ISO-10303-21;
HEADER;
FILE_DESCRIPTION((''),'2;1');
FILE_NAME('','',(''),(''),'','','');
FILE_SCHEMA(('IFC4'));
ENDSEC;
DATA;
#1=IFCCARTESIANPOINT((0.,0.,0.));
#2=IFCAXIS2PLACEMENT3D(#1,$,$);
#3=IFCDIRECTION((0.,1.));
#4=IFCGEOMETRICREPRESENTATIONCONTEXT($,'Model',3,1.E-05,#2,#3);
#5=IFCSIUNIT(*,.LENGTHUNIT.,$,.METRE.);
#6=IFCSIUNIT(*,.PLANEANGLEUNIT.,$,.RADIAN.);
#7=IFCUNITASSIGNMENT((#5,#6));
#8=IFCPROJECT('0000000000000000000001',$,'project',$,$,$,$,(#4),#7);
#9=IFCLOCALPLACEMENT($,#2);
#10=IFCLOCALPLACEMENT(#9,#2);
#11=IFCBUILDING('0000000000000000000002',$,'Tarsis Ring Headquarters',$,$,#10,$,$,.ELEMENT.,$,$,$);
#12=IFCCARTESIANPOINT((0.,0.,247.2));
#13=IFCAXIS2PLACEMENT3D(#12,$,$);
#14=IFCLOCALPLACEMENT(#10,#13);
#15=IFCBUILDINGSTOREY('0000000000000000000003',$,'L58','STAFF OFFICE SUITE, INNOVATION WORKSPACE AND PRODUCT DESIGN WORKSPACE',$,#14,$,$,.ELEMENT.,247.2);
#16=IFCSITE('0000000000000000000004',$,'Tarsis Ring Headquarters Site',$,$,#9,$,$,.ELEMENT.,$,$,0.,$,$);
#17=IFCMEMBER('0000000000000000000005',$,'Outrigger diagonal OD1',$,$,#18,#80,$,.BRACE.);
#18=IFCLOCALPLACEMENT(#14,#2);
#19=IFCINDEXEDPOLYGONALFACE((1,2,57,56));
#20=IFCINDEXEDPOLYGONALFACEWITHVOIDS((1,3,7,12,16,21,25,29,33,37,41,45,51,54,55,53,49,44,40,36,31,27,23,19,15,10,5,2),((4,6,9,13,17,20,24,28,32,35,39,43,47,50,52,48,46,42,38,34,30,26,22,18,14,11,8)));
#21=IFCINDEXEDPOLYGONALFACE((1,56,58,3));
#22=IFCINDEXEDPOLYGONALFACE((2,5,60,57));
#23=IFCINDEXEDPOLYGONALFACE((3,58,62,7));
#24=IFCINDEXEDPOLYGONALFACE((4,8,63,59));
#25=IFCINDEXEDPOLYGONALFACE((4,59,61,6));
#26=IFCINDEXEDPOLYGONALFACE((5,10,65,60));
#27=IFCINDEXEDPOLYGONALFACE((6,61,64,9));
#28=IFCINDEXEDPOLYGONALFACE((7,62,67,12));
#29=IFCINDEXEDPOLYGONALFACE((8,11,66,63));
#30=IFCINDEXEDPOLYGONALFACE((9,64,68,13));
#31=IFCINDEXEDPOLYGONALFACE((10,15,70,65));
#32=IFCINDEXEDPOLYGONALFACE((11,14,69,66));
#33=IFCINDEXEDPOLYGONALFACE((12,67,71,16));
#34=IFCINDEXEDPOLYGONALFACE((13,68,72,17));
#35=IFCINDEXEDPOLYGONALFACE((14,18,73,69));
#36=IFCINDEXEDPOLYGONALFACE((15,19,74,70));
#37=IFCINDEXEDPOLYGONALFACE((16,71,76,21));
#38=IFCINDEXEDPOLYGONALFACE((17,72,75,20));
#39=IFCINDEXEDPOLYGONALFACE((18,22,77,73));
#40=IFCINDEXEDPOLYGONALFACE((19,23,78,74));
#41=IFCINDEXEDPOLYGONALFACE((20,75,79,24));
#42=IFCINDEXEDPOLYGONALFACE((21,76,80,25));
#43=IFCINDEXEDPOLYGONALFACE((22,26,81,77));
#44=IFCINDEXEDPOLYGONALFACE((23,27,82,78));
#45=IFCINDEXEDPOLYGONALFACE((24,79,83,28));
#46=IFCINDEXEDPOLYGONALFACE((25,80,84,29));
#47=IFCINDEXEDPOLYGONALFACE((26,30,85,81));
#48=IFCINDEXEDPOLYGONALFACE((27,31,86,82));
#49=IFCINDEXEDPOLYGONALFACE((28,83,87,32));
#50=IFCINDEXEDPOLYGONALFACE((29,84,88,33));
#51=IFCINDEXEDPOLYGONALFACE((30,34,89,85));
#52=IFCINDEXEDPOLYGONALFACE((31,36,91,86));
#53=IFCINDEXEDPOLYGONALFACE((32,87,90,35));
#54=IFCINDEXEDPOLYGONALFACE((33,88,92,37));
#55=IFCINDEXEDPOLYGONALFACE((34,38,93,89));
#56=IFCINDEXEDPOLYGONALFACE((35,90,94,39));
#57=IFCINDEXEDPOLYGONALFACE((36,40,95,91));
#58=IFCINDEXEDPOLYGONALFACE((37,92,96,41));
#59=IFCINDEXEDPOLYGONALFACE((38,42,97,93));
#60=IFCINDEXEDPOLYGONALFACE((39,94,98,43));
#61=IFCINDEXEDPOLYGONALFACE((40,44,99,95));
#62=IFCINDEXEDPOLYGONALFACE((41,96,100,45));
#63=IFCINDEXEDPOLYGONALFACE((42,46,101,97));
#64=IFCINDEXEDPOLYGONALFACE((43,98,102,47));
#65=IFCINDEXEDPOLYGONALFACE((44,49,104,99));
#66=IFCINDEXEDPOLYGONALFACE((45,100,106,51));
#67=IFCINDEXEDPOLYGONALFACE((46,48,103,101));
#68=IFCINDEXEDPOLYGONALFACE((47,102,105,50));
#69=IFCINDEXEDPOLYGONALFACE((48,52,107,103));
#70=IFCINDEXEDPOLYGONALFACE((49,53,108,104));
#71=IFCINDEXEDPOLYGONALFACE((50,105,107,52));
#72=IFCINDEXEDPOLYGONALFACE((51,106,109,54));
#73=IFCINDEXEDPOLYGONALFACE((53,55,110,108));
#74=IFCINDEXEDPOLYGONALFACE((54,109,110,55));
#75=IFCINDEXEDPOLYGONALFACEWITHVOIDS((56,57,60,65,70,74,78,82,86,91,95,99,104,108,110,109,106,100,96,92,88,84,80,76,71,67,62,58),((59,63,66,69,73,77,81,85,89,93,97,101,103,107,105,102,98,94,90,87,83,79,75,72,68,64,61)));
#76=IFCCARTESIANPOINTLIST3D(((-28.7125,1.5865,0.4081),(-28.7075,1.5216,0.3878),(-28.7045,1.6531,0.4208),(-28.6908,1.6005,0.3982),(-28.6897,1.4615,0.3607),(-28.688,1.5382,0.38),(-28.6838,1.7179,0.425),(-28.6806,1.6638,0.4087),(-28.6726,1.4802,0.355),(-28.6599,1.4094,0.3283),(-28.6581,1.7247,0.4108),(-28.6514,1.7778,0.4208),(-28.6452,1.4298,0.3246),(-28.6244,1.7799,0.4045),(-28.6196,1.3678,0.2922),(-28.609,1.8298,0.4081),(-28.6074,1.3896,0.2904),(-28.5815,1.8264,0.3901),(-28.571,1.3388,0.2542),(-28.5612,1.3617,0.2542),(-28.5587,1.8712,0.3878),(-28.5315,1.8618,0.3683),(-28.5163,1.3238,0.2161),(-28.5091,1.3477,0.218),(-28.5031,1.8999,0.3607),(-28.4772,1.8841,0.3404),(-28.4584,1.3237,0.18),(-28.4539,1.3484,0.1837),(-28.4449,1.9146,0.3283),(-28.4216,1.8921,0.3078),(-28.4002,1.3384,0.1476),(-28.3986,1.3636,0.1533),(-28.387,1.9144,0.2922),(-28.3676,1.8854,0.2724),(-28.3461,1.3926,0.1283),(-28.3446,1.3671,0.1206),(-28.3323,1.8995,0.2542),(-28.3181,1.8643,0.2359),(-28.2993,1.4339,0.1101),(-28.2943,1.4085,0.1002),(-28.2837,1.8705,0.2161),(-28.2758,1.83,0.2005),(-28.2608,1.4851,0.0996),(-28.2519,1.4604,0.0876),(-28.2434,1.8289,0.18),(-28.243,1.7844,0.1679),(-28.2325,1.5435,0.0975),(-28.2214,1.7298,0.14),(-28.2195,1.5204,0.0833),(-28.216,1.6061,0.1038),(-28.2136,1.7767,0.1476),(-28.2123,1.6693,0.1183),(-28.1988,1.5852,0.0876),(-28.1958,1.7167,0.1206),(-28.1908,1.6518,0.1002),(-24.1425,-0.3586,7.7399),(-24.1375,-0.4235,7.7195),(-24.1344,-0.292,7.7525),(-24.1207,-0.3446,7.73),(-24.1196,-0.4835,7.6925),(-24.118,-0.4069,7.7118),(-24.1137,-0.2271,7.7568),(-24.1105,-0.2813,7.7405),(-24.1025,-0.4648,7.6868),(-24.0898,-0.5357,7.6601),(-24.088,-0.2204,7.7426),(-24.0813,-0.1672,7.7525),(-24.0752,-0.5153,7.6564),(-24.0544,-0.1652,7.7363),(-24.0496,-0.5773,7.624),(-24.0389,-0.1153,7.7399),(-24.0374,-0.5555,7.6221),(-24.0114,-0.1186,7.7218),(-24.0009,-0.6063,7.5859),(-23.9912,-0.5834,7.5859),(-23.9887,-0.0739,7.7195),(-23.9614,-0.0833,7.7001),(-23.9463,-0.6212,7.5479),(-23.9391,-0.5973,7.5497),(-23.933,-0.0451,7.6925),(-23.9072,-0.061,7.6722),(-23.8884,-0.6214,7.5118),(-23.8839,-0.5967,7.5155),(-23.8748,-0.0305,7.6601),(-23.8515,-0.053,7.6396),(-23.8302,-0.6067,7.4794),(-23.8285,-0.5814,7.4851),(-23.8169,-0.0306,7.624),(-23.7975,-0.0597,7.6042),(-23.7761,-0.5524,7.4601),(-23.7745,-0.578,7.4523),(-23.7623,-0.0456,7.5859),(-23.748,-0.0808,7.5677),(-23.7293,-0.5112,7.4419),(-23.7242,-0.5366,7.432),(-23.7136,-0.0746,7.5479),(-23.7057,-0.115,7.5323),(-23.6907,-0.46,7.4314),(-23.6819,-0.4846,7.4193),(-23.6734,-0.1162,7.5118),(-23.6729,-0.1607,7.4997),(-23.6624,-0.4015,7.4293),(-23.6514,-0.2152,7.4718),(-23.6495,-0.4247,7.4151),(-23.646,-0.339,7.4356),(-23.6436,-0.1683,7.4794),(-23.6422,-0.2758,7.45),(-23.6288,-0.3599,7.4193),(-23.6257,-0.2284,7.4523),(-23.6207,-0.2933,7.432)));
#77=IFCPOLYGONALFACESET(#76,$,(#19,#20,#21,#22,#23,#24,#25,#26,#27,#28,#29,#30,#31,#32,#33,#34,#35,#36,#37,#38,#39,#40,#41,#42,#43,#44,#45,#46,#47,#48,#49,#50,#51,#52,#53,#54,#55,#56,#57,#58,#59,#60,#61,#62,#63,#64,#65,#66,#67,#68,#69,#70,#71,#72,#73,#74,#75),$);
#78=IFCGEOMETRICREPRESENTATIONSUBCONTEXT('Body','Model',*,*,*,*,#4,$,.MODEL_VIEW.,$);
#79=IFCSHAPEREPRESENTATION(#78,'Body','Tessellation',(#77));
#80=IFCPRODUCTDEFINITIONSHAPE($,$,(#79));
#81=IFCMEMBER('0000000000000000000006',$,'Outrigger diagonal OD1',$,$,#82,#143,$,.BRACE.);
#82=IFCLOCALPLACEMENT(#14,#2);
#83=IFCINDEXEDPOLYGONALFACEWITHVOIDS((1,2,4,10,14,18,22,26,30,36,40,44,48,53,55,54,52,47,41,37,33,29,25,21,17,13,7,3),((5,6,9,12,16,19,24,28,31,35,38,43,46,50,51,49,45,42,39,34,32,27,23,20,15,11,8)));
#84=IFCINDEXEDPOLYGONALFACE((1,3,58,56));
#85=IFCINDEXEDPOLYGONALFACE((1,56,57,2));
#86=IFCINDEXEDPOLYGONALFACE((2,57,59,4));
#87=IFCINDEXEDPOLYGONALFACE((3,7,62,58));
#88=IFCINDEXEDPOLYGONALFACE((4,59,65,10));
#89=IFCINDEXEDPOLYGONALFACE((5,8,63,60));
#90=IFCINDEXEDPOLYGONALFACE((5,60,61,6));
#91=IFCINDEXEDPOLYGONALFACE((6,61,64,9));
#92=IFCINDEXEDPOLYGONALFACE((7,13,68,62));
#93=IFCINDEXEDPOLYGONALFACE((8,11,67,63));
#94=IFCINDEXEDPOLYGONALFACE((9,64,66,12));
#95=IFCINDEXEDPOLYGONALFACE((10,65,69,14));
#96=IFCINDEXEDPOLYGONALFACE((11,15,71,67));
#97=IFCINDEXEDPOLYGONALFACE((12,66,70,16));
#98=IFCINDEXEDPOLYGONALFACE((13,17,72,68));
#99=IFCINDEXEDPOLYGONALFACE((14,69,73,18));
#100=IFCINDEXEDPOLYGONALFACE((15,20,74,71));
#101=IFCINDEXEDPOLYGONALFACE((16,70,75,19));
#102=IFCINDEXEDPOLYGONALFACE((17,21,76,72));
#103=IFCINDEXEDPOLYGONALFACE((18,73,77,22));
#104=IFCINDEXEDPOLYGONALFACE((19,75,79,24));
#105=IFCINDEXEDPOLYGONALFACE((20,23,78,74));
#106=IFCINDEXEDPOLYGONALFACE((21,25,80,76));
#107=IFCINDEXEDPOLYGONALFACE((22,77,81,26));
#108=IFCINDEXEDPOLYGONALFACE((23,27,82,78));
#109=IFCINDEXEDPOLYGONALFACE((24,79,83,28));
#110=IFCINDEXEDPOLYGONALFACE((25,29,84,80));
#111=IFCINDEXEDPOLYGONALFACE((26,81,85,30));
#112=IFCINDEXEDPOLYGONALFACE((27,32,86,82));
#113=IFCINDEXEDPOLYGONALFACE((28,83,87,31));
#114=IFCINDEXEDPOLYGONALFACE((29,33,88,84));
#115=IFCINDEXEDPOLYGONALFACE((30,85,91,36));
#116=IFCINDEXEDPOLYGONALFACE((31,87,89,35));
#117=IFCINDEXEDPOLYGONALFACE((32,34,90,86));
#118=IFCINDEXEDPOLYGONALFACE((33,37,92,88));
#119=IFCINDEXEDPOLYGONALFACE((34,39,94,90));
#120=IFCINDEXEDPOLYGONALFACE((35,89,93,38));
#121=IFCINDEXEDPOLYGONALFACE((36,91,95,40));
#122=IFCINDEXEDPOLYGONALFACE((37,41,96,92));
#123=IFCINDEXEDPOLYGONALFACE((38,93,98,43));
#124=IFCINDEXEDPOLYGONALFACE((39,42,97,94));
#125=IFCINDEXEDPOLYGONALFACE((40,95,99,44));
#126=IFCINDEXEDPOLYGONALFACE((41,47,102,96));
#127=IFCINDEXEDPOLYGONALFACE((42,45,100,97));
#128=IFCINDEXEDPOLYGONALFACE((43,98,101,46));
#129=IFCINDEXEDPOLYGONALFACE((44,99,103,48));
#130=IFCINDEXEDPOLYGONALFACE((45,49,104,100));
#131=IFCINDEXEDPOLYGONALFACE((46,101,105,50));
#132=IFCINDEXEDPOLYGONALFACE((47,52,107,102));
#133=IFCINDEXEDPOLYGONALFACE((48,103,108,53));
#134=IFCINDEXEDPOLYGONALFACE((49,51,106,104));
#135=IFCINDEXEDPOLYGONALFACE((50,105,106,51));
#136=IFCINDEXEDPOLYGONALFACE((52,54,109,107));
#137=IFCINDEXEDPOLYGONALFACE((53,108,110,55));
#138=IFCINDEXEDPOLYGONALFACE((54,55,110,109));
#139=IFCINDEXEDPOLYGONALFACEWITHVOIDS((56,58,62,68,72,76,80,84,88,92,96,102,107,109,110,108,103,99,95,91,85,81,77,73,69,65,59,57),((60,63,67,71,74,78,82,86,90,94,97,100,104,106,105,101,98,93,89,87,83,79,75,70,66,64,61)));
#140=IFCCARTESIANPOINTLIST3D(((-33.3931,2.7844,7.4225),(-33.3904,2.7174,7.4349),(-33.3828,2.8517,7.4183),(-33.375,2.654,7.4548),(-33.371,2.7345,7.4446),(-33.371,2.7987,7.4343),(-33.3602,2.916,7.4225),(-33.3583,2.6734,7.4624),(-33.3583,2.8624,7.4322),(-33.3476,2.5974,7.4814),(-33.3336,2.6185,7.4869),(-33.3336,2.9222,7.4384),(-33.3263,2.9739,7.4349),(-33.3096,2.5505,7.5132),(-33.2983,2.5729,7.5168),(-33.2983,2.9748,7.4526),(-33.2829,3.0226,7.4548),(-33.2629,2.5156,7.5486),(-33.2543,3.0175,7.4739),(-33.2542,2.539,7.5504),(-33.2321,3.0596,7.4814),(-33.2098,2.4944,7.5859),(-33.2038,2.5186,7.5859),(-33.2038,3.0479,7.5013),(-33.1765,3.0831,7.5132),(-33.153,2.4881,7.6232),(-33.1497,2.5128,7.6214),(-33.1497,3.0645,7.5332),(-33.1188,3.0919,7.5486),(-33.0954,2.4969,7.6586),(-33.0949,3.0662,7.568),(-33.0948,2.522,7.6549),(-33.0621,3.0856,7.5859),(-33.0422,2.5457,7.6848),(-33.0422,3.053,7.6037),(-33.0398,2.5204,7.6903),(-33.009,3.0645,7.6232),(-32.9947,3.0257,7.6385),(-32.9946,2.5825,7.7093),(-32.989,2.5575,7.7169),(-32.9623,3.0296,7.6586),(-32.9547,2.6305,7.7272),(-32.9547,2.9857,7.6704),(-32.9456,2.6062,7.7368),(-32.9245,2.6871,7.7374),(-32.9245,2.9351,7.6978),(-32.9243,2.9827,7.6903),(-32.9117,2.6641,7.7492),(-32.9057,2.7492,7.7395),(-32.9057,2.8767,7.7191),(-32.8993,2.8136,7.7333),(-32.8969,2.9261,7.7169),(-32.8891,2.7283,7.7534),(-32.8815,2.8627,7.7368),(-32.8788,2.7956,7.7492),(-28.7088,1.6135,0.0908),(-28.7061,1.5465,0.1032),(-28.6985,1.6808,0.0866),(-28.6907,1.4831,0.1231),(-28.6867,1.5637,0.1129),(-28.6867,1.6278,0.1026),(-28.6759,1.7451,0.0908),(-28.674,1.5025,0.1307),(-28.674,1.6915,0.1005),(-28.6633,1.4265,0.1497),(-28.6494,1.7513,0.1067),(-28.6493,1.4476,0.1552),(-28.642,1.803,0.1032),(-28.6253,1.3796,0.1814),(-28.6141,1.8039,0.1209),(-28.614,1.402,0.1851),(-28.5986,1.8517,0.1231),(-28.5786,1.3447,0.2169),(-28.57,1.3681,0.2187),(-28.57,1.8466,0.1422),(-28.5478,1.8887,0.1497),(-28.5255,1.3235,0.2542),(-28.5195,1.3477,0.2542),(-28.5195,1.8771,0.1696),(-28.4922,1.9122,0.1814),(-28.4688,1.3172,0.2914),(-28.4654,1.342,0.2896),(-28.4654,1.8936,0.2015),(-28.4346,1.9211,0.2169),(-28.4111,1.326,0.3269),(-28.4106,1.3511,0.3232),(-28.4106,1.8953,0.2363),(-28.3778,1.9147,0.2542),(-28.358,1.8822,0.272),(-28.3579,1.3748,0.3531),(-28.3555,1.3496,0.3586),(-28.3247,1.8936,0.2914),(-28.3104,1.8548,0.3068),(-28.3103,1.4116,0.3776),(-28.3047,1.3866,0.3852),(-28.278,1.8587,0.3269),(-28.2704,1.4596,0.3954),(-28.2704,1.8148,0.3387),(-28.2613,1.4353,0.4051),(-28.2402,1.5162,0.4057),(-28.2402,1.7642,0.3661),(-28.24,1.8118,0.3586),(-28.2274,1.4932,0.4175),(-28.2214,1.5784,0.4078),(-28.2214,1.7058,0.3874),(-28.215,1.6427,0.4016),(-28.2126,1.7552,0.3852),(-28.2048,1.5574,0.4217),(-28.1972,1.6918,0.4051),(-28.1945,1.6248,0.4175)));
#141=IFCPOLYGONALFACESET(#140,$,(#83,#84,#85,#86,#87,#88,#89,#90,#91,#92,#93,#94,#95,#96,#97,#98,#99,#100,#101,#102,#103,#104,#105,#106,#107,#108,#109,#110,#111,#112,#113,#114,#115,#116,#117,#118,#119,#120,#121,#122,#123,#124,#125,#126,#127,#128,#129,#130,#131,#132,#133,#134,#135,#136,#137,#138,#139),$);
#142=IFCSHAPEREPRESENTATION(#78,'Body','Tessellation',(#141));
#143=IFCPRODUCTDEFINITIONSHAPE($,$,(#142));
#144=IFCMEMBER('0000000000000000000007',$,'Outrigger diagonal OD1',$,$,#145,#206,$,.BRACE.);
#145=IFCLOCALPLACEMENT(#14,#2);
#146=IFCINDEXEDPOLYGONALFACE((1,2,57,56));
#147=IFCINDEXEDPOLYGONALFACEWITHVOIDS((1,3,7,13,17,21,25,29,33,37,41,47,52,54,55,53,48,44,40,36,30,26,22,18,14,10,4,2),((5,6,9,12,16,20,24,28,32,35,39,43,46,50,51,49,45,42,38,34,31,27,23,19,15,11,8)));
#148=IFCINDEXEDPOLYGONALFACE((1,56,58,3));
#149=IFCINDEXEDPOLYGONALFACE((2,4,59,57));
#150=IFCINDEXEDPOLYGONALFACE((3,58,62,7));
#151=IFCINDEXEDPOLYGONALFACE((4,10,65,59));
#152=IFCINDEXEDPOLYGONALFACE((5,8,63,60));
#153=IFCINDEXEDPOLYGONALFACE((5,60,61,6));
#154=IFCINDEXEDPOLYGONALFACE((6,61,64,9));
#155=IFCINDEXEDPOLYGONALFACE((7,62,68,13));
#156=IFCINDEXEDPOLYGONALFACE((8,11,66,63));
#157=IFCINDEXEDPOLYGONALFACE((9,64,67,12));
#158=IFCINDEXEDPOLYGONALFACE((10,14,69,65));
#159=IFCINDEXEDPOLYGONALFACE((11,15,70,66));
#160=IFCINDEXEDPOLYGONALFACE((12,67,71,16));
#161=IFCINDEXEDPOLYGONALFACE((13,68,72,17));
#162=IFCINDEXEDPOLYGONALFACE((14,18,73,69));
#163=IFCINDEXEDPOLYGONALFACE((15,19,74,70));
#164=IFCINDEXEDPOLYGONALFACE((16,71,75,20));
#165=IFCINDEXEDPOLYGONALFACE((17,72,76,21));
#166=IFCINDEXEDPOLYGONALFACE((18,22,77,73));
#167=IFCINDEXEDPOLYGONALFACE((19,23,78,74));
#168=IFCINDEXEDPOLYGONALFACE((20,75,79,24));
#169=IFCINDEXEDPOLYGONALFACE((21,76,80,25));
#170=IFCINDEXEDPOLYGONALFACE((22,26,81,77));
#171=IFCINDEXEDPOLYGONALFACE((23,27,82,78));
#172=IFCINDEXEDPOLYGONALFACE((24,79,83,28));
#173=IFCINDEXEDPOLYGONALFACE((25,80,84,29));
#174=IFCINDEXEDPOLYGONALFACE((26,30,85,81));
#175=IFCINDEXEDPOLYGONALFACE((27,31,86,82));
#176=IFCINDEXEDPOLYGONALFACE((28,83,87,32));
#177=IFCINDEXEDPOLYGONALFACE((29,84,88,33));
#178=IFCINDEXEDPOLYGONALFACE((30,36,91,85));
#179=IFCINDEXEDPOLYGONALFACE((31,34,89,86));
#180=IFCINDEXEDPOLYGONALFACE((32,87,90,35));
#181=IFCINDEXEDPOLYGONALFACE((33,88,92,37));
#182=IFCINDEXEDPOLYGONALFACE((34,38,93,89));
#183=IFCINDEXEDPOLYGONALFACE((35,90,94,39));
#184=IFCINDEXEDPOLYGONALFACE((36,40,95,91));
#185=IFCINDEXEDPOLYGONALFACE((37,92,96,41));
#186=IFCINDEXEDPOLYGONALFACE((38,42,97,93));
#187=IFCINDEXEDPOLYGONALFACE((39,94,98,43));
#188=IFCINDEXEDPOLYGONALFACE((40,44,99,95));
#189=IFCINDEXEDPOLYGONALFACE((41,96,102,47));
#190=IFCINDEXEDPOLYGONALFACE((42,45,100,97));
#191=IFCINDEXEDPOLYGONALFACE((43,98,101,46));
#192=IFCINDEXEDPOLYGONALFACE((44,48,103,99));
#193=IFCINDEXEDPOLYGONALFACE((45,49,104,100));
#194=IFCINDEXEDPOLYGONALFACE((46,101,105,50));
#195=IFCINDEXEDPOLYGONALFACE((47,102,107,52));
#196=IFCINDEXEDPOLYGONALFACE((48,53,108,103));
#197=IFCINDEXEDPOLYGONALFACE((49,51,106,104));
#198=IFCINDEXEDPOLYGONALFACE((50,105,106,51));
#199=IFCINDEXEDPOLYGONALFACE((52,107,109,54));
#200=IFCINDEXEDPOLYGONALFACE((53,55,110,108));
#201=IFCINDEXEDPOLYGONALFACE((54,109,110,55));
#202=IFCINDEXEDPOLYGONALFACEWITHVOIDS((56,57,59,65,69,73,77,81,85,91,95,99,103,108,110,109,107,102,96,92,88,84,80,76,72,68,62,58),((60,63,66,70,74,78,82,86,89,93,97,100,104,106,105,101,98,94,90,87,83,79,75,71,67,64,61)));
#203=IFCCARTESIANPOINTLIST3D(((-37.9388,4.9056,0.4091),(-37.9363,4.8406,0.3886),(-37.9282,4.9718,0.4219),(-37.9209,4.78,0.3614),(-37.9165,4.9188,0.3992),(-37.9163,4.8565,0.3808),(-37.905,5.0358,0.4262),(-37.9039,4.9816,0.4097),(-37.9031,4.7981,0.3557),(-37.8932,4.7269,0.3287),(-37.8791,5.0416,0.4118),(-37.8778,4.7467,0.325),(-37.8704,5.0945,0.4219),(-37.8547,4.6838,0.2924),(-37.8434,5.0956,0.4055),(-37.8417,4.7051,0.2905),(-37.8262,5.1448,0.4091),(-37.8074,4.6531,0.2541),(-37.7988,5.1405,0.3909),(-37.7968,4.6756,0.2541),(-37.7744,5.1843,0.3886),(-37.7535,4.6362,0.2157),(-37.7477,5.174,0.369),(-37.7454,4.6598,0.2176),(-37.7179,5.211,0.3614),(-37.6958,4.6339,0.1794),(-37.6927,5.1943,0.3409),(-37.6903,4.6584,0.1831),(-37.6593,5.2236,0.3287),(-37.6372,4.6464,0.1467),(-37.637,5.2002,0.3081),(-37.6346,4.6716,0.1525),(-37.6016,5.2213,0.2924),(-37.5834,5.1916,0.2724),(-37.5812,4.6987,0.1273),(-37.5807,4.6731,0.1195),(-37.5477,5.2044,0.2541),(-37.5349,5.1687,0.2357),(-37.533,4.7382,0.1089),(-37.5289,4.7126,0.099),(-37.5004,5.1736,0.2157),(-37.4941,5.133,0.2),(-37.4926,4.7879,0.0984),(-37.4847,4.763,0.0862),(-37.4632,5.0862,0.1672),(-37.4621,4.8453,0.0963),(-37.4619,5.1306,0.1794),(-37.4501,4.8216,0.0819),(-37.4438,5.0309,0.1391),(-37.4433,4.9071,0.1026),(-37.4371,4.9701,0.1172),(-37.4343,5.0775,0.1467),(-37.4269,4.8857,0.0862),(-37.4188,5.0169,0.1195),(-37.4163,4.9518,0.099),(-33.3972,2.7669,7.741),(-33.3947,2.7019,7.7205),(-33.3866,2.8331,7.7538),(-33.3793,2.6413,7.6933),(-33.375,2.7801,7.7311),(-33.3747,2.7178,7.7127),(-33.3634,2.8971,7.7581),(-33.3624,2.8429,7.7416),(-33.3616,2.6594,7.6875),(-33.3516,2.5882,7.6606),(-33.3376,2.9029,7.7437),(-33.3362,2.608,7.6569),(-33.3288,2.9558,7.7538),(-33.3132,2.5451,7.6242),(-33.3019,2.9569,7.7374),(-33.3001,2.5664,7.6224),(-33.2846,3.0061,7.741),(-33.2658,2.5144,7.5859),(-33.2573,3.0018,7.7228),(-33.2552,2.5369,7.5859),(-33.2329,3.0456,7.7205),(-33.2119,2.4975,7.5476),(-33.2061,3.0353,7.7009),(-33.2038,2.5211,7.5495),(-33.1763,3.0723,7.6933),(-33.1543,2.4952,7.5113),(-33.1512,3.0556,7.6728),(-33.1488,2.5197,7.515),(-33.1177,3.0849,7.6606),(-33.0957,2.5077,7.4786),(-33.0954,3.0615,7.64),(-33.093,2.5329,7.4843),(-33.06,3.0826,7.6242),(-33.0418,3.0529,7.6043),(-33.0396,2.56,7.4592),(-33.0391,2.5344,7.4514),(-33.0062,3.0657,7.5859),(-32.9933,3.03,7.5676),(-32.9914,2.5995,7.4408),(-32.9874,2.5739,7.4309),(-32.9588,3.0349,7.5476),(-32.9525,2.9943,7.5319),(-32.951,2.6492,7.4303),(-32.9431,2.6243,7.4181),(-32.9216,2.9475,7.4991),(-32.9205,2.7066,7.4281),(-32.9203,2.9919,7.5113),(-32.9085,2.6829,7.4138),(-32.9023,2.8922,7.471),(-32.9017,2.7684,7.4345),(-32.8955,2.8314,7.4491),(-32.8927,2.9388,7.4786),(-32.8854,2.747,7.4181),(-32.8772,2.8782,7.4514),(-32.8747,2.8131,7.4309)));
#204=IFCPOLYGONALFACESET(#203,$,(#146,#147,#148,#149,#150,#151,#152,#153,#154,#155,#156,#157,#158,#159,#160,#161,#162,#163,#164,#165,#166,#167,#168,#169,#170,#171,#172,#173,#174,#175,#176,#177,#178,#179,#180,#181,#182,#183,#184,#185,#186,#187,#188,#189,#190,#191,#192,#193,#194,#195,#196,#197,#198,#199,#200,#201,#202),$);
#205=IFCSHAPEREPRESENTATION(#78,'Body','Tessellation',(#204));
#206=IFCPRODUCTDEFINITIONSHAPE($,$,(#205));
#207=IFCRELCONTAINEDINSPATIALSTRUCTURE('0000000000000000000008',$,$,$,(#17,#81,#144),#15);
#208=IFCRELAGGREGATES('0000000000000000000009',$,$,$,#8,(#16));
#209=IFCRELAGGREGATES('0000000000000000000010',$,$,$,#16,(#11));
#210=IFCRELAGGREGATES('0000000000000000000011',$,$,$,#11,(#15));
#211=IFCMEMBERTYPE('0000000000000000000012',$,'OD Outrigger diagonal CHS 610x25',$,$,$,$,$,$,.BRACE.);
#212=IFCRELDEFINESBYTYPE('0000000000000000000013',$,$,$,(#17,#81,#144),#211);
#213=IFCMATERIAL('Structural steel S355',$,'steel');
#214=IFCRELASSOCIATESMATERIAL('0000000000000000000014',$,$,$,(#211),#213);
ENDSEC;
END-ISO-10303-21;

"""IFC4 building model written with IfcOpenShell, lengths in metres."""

from ifc_helpers import new_model, si_unit, direction, frame, origin, origin_2d, place, context, subcontext, project, spatial, hollow_circle, extrude, material, material_profile, profile_set, type_object, element, save


model = new_model("IFC4")

# Units and contexts
model_context = context("Model", 3, precision=1e-05, world=origin(), true_north=direction((0.0, 1.0)))
body_context = subcontext(model_context, "Body", "Model", "MODEL_VIEW")
ifc_project = project(units=[si_unit("LENGTHUNIT", "METRE"), si_unit("PLANEANGLEUNIT", "RADIAN")], contexts=[model_context])

# Site, building, storey
site_placement = place(None, origin())
site = spatial("IfcSite", under=ifc_project, at=site_placement, Name="Tarsis Ring Headquarters Site", CompositionType="ELEMENT", RefElevation=0.0)
building_placement = place(site_placement, origin())
building = spatial("IfcBuilding", under=site, at=building_placement, Name="Tarsis Ring Headquarters", CompositionType="ELEMENT")
storey_placement = place(building_placement, frame((0.0, 0.0, 247.2)))
storey = spatial("IfcBuildingStorey", under=building, at=storey_placement, Name="L58", Description="STAFF OFFICE SUITE, INNOVATION WORKSPACE AND PRODUCT DESIGN WORKSPACE", CompositionType="ELEMENT", Elevation=247.2)

# Members
ifc_material_1 = material(Name="Structural steel S355", Category="steel")
ifc_material_profile_1 = material_profile(ifc_material_1, hollow_circle(Radius=0.3047, WallThickness=0.0249, at=origin_2d()), Name="CHS 610x25")
ifc_profile_set_1 = profile_set([ifc_material_profile_1], Name="Structural steel S355")
member_type_1 = type_object("IfcMemberType", Name="OD Outrigger diagonal CHS 610x25", PredefinedType="BRACE", material=ifc_profile_set_1)
member_1_placement = place(storey_placement, frame((-23.8816, -0.3259, 7.5859), z_axis=(-0.516058, 0.21964, -0.827915), x_axis=(-0.391616, -0.920129, 0.0)))
element("IfcMember", 1, at=member_1_placement, inside=storey, type_object=member_type_1, Name="Outrigger diagonal OD1", PredefinedType="BRACE", context=body_context, shape_type="SweptSolid", body=[
    extrude(hollow_circle(Radius=0.3047, WallThickness=0.0249, at=origin_2d()), origin(), (0.0, 0.0, 1.0), 8.8557),
])
member_2_placement = place(storey_placement, frame((-28.4517, 1.6191, 0.2542), z_axis=(-0.533589, 0.133376, 0.83516), x_axis=(-0.2425, -0.970151, 0.0)))
element("IfcMember", 2, at=member_2_placement, inside=storey, type_object=member_type_1, Name="Outrigger diagonal OD1", PredefinedType="BRACE", context=body_context, shape_type="SweptSolid", body=[
    extrude(hollow_circle(Radius=0.3047, WallThickness=0.0249, at=origin_2d()), origin(), (0.0, 0.0, 1.0), 8.7788),
])
member_3_placement = place(storey_placement, frame((-33.136, 2.79, 7.5859), z_axis=(-0.511107, 0.240689, -0.825129), x_axis=(-0.426041, -0.904704, 0.0)))
element("IfcMember", 3, at=member_3_placement, inside=storey, type_object=member_type_1, Name="Outrigger diagonal OD1", PredefinedType="BRACE", context=body_context, shape_type="SweptSolid", body=[
    extrude(hollow_circle(Radius=0.3047, WallThickness=0.0249, at=origin_2d()), origin(), (0.0, 0.0, 1.0), 8.8857),
])

save(model, "model.ifc")
